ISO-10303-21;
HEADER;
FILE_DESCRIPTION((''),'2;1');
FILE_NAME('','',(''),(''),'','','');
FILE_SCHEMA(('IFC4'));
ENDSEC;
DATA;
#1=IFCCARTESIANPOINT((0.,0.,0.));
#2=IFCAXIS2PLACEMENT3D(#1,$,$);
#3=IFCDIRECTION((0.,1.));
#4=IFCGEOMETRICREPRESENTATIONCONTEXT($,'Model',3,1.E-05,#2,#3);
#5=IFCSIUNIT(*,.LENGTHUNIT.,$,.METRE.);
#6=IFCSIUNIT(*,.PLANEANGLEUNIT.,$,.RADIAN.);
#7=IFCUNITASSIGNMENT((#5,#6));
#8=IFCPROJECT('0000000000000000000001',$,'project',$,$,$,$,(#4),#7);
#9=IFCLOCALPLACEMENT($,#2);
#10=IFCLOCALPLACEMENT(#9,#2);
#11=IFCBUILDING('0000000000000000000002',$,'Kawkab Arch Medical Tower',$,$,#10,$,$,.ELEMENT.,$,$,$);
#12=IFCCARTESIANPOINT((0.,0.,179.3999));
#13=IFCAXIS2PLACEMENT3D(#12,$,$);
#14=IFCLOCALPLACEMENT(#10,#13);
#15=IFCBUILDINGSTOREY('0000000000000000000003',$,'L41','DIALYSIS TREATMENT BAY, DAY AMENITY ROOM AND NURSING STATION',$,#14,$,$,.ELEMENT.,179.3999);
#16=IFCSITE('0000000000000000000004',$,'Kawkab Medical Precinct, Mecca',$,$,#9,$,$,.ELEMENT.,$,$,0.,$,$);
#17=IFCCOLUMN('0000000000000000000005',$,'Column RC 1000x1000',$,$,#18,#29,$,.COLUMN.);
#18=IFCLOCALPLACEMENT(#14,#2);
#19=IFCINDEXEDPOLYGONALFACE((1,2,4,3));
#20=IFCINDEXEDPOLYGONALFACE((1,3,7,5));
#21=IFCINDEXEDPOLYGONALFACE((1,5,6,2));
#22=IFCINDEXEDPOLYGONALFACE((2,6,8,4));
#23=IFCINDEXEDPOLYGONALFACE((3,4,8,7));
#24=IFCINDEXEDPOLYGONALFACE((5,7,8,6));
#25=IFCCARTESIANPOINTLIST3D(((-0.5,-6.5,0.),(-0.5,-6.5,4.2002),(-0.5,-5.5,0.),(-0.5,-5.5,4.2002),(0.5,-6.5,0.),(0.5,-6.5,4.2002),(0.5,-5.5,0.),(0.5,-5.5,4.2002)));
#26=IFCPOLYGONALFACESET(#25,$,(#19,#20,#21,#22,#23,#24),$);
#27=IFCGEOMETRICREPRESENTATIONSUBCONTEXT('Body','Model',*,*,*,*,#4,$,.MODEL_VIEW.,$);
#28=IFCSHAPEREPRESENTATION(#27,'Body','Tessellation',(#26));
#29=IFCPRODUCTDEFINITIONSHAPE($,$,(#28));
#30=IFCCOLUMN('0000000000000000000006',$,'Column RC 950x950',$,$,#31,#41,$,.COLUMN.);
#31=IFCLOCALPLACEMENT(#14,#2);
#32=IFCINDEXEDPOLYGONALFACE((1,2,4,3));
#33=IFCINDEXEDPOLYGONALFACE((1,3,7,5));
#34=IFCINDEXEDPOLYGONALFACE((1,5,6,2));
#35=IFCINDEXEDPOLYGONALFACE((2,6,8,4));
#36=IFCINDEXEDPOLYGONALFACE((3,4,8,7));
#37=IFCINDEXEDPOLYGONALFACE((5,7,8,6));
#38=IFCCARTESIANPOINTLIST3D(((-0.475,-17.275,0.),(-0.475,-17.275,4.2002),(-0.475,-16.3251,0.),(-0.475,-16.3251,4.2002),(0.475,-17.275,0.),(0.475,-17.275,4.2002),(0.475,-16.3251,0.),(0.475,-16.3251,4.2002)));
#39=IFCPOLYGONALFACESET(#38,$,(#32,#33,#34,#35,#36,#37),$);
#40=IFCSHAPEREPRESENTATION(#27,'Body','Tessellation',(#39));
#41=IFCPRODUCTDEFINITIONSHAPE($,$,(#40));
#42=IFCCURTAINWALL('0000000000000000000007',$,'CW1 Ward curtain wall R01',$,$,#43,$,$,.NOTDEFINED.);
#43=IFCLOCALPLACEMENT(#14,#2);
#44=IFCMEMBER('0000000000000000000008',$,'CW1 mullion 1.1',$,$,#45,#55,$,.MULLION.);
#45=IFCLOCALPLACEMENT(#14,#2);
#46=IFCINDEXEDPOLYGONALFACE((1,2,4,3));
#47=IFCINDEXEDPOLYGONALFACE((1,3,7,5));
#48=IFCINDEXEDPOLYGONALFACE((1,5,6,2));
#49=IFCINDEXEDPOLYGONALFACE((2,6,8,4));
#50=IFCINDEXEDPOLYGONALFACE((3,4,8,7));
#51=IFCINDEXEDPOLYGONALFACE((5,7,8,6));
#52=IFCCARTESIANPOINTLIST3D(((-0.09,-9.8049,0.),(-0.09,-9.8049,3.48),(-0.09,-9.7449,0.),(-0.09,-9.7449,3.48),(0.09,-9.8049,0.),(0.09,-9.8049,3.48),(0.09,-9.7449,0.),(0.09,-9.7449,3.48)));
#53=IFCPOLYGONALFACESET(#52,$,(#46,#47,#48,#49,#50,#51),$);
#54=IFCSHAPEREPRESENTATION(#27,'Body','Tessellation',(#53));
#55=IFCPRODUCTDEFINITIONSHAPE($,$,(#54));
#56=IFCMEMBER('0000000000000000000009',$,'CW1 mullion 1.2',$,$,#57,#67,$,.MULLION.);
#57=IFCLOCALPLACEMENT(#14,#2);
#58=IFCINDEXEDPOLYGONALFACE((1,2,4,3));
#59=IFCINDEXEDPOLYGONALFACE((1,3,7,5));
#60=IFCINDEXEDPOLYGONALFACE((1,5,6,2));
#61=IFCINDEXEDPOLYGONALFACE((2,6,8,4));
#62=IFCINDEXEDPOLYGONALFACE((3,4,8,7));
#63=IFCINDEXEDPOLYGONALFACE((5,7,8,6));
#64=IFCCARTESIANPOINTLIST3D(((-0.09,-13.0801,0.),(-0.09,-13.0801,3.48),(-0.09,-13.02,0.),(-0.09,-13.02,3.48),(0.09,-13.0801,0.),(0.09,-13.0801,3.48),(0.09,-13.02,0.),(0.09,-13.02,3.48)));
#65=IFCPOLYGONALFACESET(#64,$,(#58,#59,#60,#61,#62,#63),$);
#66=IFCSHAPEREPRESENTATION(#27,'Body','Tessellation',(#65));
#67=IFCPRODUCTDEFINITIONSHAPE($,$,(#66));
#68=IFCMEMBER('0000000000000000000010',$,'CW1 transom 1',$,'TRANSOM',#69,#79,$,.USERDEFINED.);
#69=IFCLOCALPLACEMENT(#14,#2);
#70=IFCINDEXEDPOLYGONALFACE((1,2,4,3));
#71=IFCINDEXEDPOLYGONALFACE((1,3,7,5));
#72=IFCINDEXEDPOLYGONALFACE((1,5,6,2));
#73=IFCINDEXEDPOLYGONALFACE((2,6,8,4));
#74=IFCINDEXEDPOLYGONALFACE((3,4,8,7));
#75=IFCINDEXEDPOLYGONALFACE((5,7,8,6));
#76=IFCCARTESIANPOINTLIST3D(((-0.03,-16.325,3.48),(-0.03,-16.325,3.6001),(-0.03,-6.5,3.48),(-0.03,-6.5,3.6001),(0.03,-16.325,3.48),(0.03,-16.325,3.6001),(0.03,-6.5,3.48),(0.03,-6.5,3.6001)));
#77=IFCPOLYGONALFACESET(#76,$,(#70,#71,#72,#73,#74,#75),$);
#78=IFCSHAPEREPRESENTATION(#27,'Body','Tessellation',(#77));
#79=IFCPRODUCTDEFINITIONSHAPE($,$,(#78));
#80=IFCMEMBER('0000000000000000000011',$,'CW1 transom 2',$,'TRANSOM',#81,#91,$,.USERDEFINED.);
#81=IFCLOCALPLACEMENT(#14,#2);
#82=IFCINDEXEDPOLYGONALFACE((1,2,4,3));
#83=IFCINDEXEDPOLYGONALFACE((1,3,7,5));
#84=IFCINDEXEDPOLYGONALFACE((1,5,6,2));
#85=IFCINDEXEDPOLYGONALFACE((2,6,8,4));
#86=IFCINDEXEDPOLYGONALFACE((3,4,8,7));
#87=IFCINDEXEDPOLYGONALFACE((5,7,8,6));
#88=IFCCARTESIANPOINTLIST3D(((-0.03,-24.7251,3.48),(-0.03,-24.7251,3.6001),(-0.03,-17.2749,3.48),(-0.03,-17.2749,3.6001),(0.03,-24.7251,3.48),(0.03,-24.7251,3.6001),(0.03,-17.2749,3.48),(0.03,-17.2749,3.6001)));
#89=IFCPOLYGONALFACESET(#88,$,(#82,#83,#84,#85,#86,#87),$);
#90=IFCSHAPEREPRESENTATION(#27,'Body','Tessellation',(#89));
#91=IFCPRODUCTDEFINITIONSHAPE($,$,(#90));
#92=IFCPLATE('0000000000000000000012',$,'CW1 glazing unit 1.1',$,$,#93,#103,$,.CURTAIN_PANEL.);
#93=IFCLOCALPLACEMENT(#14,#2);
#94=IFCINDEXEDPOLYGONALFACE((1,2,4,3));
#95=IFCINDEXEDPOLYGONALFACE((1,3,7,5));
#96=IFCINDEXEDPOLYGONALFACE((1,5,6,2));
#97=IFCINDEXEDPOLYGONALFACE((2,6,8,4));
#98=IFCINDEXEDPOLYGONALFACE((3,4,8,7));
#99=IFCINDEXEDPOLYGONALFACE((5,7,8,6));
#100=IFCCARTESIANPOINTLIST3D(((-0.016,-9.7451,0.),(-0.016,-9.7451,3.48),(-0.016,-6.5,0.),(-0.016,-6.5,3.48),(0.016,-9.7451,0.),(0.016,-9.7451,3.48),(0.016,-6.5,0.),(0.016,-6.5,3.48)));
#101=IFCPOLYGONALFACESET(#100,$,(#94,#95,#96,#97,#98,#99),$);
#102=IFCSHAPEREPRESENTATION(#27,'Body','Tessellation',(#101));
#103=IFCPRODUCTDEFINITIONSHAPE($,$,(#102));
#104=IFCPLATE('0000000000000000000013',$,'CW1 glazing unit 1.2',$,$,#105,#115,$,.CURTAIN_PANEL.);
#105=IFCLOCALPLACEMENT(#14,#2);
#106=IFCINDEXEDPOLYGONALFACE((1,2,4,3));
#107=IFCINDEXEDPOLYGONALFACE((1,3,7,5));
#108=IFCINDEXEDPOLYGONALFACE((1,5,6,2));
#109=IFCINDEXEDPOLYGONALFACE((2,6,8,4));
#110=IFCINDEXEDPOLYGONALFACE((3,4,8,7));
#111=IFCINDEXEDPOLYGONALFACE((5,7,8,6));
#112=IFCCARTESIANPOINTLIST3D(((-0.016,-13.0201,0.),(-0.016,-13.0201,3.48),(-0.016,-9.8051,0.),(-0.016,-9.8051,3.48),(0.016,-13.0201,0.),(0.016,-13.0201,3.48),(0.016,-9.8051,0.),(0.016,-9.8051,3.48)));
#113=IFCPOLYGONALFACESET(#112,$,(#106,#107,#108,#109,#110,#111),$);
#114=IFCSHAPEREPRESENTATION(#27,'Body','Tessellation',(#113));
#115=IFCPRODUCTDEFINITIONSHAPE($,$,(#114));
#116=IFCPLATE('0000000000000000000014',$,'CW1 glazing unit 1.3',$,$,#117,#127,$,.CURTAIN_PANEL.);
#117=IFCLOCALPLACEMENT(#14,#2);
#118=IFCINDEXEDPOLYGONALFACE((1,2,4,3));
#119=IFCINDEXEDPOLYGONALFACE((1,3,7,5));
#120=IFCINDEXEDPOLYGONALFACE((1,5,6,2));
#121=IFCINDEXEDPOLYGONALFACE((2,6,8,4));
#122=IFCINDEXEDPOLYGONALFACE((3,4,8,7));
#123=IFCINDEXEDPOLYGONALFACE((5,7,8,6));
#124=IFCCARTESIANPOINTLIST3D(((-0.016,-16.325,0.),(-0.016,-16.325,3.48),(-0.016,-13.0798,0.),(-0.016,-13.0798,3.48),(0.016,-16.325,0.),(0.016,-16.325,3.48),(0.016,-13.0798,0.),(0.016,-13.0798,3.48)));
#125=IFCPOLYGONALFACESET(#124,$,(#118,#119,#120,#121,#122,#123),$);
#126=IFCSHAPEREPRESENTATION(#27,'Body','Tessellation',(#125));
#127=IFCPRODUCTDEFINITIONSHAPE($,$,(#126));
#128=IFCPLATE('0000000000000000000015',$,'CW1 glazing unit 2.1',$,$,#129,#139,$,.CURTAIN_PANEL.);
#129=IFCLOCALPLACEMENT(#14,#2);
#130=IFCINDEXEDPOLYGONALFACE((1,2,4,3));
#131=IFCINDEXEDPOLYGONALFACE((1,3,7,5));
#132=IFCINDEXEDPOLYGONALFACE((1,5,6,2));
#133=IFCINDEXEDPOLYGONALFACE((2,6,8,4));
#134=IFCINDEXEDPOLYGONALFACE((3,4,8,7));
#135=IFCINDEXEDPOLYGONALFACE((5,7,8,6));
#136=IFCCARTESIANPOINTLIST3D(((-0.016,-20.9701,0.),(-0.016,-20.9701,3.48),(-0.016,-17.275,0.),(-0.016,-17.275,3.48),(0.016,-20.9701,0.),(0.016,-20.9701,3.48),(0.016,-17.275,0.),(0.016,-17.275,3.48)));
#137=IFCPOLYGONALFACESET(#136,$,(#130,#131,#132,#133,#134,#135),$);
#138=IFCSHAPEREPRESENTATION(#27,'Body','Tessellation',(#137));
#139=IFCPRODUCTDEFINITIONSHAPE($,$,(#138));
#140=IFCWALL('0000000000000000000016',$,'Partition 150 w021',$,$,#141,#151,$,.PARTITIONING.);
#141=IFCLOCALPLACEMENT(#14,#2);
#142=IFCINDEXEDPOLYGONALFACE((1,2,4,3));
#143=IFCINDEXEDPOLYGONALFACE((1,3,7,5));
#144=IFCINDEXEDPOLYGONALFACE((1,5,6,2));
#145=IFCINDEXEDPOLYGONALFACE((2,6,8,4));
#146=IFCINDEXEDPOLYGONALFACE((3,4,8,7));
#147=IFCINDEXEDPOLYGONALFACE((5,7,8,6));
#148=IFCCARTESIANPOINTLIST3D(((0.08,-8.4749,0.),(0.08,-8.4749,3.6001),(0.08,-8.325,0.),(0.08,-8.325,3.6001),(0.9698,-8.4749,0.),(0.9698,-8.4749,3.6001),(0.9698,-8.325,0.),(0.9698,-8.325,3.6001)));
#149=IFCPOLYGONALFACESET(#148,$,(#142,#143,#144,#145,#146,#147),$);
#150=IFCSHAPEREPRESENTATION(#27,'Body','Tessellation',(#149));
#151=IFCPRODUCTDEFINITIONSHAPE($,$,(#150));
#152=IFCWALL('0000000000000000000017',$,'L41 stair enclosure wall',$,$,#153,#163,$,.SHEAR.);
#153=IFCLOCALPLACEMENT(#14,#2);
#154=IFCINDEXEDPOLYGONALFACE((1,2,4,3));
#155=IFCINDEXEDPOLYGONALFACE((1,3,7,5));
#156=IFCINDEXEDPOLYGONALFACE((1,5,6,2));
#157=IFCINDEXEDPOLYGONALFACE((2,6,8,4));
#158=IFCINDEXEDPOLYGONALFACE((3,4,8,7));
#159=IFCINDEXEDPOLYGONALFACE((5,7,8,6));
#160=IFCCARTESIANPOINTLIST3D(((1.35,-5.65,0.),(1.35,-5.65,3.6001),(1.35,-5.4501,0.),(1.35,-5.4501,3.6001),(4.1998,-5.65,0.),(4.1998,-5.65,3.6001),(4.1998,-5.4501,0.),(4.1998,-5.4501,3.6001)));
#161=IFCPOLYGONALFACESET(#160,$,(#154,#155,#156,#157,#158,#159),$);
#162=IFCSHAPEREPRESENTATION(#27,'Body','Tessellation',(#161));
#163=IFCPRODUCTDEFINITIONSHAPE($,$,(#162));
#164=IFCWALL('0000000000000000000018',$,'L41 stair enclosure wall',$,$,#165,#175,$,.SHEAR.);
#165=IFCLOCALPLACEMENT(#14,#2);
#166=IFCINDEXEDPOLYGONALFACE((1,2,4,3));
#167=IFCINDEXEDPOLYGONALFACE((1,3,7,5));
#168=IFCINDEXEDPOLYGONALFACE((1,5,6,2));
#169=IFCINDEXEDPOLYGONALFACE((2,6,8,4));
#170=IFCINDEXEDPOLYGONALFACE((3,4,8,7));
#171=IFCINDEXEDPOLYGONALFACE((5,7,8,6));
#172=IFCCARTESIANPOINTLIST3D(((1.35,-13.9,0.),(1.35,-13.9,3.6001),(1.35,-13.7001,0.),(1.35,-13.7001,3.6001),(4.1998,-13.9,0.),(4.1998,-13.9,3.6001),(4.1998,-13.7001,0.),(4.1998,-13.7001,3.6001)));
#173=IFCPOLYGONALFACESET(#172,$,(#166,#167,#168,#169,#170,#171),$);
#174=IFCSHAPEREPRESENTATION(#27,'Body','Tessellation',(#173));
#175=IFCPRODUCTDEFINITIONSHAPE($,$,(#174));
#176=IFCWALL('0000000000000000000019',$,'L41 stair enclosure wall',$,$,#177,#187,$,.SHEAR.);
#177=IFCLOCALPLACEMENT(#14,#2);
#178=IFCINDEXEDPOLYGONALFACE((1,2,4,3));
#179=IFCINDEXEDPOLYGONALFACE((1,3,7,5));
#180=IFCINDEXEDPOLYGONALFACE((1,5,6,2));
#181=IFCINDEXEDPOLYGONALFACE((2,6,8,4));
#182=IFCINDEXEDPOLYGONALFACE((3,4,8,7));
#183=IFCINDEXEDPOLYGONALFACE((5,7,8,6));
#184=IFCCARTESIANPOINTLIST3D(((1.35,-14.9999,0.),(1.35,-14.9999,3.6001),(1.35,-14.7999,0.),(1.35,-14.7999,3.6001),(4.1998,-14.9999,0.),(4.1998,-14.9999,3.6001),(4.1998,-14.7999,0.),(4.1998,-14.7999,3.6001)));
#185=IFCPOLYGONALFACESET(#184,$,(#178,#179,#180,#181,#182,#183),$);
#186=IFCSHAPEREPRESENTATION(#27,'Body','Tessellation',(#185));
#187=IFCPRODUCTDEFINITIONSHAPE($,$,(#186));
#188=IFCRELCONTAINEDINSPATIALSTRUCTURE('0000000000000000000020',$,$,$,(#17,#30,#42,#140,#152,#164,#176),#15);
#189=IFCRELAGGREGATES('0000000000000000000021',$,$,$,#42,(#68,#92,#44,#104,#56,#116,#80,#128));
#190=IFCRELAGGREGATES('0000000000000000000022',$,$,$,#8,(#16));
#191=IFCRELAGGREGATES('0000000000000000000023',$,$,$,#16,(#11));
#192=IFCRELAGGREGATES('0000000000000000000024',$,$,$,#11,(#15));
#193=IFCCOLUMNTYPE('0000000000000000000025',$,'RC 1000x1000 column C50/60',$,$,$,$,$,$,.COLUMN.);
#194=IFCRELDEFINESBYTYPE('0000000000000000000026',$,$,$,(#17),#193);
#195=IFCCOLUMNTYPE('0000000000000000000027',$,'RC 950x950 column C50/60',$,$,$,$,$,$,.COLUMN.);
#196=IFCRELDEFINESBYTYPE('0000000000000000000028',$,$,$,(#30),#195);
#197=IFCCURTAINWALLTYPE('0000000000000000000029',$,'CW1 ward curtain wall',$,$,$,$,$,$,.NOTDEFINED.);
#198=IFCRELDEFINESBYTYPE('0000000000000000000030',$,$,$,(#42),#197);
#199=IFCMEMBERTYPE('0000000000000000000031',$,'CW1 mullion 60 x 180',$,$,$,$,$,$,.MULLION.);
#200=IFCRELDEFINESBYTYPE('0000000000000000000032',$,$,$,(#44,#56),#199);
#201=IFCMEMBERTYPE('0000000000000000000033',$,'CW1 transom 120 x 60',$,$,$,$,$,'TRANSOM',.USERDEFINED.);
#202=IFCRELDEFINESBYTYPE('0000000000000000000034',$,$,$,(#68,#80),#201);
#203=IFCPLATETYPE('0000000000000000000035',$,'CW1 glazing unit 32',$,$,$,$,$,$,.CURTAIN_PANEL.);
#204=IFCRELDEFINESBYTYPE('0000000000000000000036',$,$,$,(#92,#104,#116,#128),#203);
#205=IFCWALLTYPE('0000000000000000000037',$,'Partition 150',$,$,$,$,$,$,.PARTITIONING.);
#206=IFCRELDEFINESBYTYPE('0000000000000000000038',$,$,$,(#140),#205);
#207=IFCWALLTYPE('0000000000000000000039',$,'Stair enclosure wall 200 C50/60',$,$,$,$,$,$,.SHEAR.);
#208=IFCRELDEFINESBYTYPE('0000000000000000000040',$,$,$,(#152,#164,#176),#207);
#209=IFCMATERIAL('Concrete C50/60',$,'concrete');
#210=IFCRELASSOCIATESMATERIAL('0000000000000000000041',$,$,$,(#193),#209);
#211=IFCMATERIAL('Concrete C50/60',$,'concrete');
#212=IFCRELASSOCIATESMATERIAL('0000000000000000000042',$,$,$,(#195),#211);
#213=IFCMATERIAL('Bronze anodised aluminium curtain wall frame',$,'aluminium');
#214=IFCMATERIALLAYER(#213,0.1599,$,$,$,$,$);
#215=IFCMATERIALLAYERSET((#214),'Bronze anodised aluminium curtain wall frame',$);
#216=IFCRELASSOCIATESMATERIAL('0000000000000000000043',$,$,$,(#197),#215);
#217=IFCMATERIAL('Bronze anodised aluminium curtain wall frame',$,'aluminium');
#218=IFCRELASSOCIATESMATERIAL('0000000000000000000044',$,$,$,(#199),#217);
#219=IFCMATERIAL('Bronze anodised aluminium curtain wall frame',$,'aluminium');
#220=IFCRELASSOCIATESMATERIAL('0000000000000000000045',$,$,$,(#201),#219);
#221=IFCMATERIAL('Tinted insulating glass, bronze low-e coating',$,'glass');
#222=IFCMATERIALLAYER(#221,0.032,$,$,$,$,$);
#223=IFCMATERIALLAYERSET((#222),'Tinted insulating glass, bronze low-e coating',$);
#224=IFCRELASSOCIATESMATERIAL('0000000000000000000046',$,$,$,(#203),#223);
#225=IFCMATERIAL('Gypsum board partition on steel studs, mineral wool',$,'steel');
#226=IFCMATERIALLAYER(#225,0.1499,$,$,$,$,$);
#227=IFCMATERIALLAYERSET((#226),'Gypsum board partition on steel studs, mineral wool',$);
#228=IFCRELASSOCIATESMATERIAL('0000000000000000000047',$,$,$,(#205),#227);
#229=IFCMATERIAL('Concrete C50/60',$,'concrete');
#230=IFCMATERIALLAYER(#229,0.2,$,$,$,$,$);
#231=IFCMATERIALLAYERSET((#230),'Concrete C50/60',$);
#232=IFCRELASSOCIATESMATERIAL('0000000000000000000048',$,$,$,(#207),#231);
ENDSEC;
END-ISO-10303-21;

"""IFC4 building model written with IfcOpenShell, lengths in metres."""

from ifc_helpers import new_model, si_unit, direction, frame, frame_2d, origin, origin_2d, place, context, subcontext, project, spatial, rectangle, extrude, material, layer, layer_set, material_profile, profile_set, type_object, element, aggregate, save


model = new_model("IFC4")

# Units and contexts
model_context = context("Model", 3, precision=1e-05, world=origin(), true_north=direction((0.0, 1.0)))
body_context = subcontext(model_context, "Body", "Model", "MODEL_VIEW")
ifc_project = project(units=[si_unit("LENGTHUNIT", "METRE"), si_unit("PLANEANGLEUNIT", "RADIAN")], contexts=[model_context])

# Site, building, storey
site_placement = place(None, origin())
site = spatial("IfcSite", under=ifc_project, at=site_placement, Name="Kawkab Medical Precinct, Mecca", CompositionType="ELEMENT", RefElevation=0.0)
building_placement = place(site_placement, origin())
building = spatial("IfcBuilding", under=site, at=building_placement, Name="Kawkab Arch Medical Tower", CompositionType="ELEMENT")
storey_placement = place(building_placement, frame((0.0, 0.0, 179.3999)))
storey = spatial("IfcBuildingStorey", under=building, at=storey_placement, Name="L41", Description="DIALYSIS TREATMENT BAY, DAY AMENITY ROOM AND NURSING STATION", CompositionType="ELEMENT", Elevation=179.3999)

# Columns
ifc_material_1 = material(Name="Concrete C50/60", Category="concrete")
ifc_material_profile_1 = material_profile(ifc_material_1, rectangle(XDim=1.0, YDim=1.0, at=origin_2d()), Name="RC 1000x1000")
ifc_profile_set_1 = profile_set([ifc_material_profile_1], Name="Concrete C50/60")
column_type_1 = type_object("IfcColumnType", Name="RC 1000x1000 column C50/60", PredefinedType="COLUMN", material=ifc_profile_set_1)
column_1_placement = place(storey_placement, frame((0.0, -6.0, 0.0), z_axis=(0.0, 0.0, 1.0), x_axis=(1.0, 0.0, 0.0)))
element("IfcColumn", 1, at=column_1_placement, inside=storey, type_object=column_type_1, Name="Column RC 1000x1000", PredefinedType="COLUMN", context=body_context, shape_type="SweptSolid", body=[
    extrude(rectangle(XDim=1.0, YDim=1.0, at=origin_2d()), origin(), (0.0, 0.0, 1.0), 4.2002),
])
ifc_material_2 = material(Name="Concrete C50/60", Category="concrete")
ifc_material_profile_2 = material_profile(ifc_material_2, rectangle(XDim=0.95, YDim=0.95, at=origin_2d()), Name="RC 950x950")
ifc_profile_set_2 = profile_set([ifc_material_profile_2], Name="Concrete C50/60")
column_type_2 = type_object("IfcColumnType", Name="RC 950x950 column C50/60", PredefinedType="COLUMN", material=ifc_profile_set_2)
column_2_placement = place(storey_placement, frame((0.0, -16.8, 0.0), z_axis=(0.0, 0.0, 1.0), x_axis=(1.0, 0.0, 0.0)))
element("IfcColumn", 2, at=column_2_placement, inside=storey, type_object=column_type_2, Name="Column RC 950x950", PredefinedType="COLUMN", context=body_context, shape_type="SweptSolid", body=[
    extrude(rectangle(XDim=0.95, YDim=0.95, at=origin_2d()), origin(), (0.0, 0.0, 1.0), 4.2002),
])

# Curtain wall, members, plates
ifc_material_3 = material(Name="Bronze anodised aluminium curtain wall frame", Category="aluminium")
ifc_layer_1 = layer(ifc_material_3, 0.1599)
ifc_layer_set_1 = layer_set([ifc_layer_1], Name="Bronze anodised aluminium curtain wall frame")
curtain_wall_type = type_object("IfcCurtainWallType", Name="CW1 ward curtain wall", PredefinedType="NOTDEFINED", material=ifc_layer_set_1)
placement = place(storey_placement, origin())
curtain_wall = element("IfcCurtainWall", 3, at=placement, inside=storey, type_object=curtain_wall_type, Name="CW1 Ward curtain wall R01", PredefinedType="NOTDEFINED")
ifc_material_4 = material(Name="Bronze anodised aluminium curtain wall frame", Category="aluminium")
ifc_material_profile_3 = material_profile(ifc_material_4, rectangle(XDim=0.1799, YDim=0.0601, at=origin_2d()), Name="AL 60x180")
ifc_profile_set_3 = profile_set([ifc_material_profile_3], Name="Bronze anodised aluminium curtain wall frame")
member_type_1 = type_object("IfcMemberType", Name="CW1 mullion 60 x 180", PredefinedType="MULLION", material=ifc_profile_set_3)
member_1_placement = place(storey_placement, frame((0.0, -9.7749, 0.0), z_axis=(0.0, 0.0, 1.0), x_axis=(1.0, 0.0, 0.0)))
member_1 = element("IfcMember", 4, at=member_1_placement, type_object=member_type_1, Name="CW1 mullion 1.1", PredefinedType="MULLION", context=body_context, shape_type="SweptSolid", body=[
    extrude(rectangle(XDim=0.1799, YDim=0.0601, at=origin_2d()), origin(), (0.0, 0.0, 1.0), 3.48),
])
member_2_placement = place(storey_placement, frame((0.0, -13.05, 0.0), z_axis=(0.0, 0.0, 1.0), x_axis=(1.0, 0.0, 0.0)))
member_2 = element("IfcMember", 5, at=member_2_placement, type_object=member_type_1, Name="CW1 mullion 1.2", PredefinedType="MULLION", context=body_context, shape_type="SweptSolid", body=[
    extrude(rectangle(XDim=0.1799, YDim=0.0601, at=origin_2d()), origin(), (0.0, 0.0, 1.0), 3.48),
])
ifc_material_5 = material(Name="Bronze anodised aluminium curtain wall frame", Category="aluminium")
ifc_material_profile_4 = material_profile(ifc_material_5, rectangle(XDim=0.0601, YDim=0.1201, at=origin_2d()), Name="AL 60x120")
ifc_profile_set_4 = profile_set([ifc_material_profile_4], Name="Bronze anodised aluminium curtain wall frame")
member_type_2 = type_object("IfcMemberType", Name="CW1 transom 120 x 60", ElementType="TRANSOM", PredefinedType="USERDEFINED", material=ifc_profile_set_4)
member_3_placement = place(storey_placement, frame((0.0, -6.5, 3.54), z_axis=(0.0, -1.0, 0.0), x_axis=(1.0, 0.0, 0.0)))
member_3 = element("IfcMember", 6, at=member_3_placement, type_object=member_type_2, Name="CW1 transom 1", ObjectType="TRANSOM", PredefinedType="USERDEFINED", context=body_context, shape_type="SweptSolid", body=[
    extrude(rectangle(XDim=0.0601, YDim=0.1201, at=origin_2d()), origin(), (0.0, 0.0, 1.0), 9.825),
])
member_4_placement = place(storey_placement, frame((0.0, -17.2749, 3.54), z_axis=(0.0, -1.0, 0.0), x_axis=(1.0, 0.0, 0.0)))
member_4 = element("IfcMember", 7, at=member_4_placement, type_object=member_type_2, Name="CW1 transom 2", ObjectType="TRANSOM", PredefinedType="USERDEFINED", context=body_context, shape_type="SweptSolid", body=[
    extrude(rectangle(XDim=0.0601, YDim=0.1201, at=origin_2d()), origin(), (0.0, 0.0, 1.0), 7.4502),
])
ifc_material_6 = material(Name="Tinted insulating glass, bronze low-e coating", Category="glass")
ifc_layer_2 = layer(ifc_material_6, 0.032)
ifc_layer_set_2 = layer_set([ifc_layer_2], Name="Tinted insulating glass, bronze low-e coating")
plate_type = type_object("IfcPlateType", Name="CW1 glazing unit 32", PredefinedType="CURTAIN_PANEL", material=ifc_layer_set_2)
plate_1_placement = place(storey_placement, frame((0.0, -8.1226, 0.0), z_axis=(0.0, 0.0, 1.0), x_axis=(0.0, -1.0, 0.0)))
plate_1 = element("IfcPlate", 8, at=plate_1_placement, type_object=plate_type, Name="CW1 glazing unit 1.1", PredefinedType="CURTAIN_PANEL", context=body_context, shape_type="SweptSolid", body=[
    extrude(rectangle(XDim=3.2451, YDim=0.032, at=origin_2d()), origin(), (0.0, 0.0, 1.0), 3.48),
])
plate_2_placement = place(storey_placement, frame((0.0, -11.4126, 0.0), z_axis=(0.0, 0.0, 1.0), x_axis=(0.0, -1.0, 0.0)))
plate_2 = element("IfcPlate", 9, at=plate_2_placement, type_object=plate_type, Name="CW1 glazing unit 1.2", PredefinedType="CURTAIN_PANEL", context=body_context, shape_type="SweptSolid", body=[
    extrude(rectangle(XDim=3.2151, YDim=0.032, at=origin_2d()), origin(), (0.0, 0.0, 1.0), 3.48),
])
plate_3_placement = place(storey_placement, frame((0.0, -14.7024, 0.0), z_axis=(0.0, 0.0, 1.0), x_axis=(0.0, -1.0, 0.0)))
plate_3 = element("IfcPlate", 10, at=plate_3_placement, type_object=plate_type, Name="CW1 glazing unit 1.3", PredefinedType="CURTAIN_PANEL", context=body_context, shape_type="SweptSolid", body=[
    extrude(rectangle(XDim=3.2451, YDim=0.032, at=origin_2d()), origin(), (0.0, 0.0, 1.0), 3.48),
])
plate_4_placement = place(storey_placement, frame((0.0, -19.1226, 0.0), z_axis=(0.0, 0.0, 1.0), x_axis=(0.0, -1.0, 0.0)))
plate_4 = element("IfcPlate", 11, at=plate_4_placement, type_object=plate_type, Name="CW1 glazing unit 2.1", PredefinedType="CURTAIN_PANEL", context=body_context, shape_type="SweptSolid", body=[
    extrude(rectangle(XDim=3.6951, YDim=0.032, at=origin_2d()), origin(), (0.0, 0.0, 1.0), 3.48),
])
aggregate(curtain_wall, [member_3, plate_1, member_1, plate_2, member_2, plate_3, member_4, plate_4])

# Walls
ifc_material_7 = material(Name="Gypsum board partition on steel studs, mineral wool", Category="steel")
ifc_layer_3 = layer(ifc_material_7, 0.1499)
ifc_layer_set_3 = layer_set([ifc_layer_3], Name="Gypsum board partition on steel studs, mineral wool")
wall_type_1 = type_object("IfcWallType", Name="Partition 150", PredefinedType="PARTITIONING", material=ifc_layer_set_3)
wall_1_placement = place(storey_placement, frame((0.0801, -8.3999, 0.0), z_axis=(0.0, 0.0, 1.0), x_axis=(1.0, 0.0, 0.0)))
element("IfcWall", 12, at=wall_1_placement, inside=storey, type_object=wall_type_1, Name="Partition 150 w021", PredefinedType="PARTITIONING", context=body_context, shape_type="SweptSolid", body=[
    extrude(rectangle(XDim=0.8899, YDim=0.1499, at=frame_2d((0.4448, 0.0))), origin(), (0.0, 0.0, 1.0), 3.6001),
])
ifc_material_8 = material(Name="Concrete C50/60", Category="concrete")
ifc_layer_4 = layer(ifc_material_8, 0.2)
ifc_layer_set_4 = layer_set([ifc_layer_4], Name="Concrete C50/60")
wall_type_2 = type_object("IfcWallType", Name="Stair enclosure wall 200 C50/60", PredefinedType="SHEAR", material=ifc_layer_set_4)
for number, where, z_axis, x_axis, name in (
    (13, (1.3501, -5.55, 0.0), (0.0, 0.0, 1.0), (1.0, 0.0, 0.0), "L41 stair enclosure wall"),
    (14, (1.3501, -13.8, 0.0), (0.0, 0.0, 1.0), (1.0, 0.0, 0.0), "L41 stair enclosure wall"),
    (15, (1.3501, -14.8999, 0.0), (0.0, 0.0, 1.0), (1.0, 0.0, 0.0), "L41 stair enclosure wall"),
):
    element("IfcWall", number, at=place(storey_placement, frame(where, z_axis=z_axis, x_axis=x_axis)), inside=storey, type_object=wall_type_2, Name=name, PredefinedType="SHEAR", context=body_context, shape_type="SweptSolid", body=[
        extrude(rectangle(XDim=2.8499, YDim=0.2, at=frame_2d((1.4248, 0.0))), origin(), (0.0, 0.0, 1.0), 3.6001),
    ])

save(model, "model.ifc")
